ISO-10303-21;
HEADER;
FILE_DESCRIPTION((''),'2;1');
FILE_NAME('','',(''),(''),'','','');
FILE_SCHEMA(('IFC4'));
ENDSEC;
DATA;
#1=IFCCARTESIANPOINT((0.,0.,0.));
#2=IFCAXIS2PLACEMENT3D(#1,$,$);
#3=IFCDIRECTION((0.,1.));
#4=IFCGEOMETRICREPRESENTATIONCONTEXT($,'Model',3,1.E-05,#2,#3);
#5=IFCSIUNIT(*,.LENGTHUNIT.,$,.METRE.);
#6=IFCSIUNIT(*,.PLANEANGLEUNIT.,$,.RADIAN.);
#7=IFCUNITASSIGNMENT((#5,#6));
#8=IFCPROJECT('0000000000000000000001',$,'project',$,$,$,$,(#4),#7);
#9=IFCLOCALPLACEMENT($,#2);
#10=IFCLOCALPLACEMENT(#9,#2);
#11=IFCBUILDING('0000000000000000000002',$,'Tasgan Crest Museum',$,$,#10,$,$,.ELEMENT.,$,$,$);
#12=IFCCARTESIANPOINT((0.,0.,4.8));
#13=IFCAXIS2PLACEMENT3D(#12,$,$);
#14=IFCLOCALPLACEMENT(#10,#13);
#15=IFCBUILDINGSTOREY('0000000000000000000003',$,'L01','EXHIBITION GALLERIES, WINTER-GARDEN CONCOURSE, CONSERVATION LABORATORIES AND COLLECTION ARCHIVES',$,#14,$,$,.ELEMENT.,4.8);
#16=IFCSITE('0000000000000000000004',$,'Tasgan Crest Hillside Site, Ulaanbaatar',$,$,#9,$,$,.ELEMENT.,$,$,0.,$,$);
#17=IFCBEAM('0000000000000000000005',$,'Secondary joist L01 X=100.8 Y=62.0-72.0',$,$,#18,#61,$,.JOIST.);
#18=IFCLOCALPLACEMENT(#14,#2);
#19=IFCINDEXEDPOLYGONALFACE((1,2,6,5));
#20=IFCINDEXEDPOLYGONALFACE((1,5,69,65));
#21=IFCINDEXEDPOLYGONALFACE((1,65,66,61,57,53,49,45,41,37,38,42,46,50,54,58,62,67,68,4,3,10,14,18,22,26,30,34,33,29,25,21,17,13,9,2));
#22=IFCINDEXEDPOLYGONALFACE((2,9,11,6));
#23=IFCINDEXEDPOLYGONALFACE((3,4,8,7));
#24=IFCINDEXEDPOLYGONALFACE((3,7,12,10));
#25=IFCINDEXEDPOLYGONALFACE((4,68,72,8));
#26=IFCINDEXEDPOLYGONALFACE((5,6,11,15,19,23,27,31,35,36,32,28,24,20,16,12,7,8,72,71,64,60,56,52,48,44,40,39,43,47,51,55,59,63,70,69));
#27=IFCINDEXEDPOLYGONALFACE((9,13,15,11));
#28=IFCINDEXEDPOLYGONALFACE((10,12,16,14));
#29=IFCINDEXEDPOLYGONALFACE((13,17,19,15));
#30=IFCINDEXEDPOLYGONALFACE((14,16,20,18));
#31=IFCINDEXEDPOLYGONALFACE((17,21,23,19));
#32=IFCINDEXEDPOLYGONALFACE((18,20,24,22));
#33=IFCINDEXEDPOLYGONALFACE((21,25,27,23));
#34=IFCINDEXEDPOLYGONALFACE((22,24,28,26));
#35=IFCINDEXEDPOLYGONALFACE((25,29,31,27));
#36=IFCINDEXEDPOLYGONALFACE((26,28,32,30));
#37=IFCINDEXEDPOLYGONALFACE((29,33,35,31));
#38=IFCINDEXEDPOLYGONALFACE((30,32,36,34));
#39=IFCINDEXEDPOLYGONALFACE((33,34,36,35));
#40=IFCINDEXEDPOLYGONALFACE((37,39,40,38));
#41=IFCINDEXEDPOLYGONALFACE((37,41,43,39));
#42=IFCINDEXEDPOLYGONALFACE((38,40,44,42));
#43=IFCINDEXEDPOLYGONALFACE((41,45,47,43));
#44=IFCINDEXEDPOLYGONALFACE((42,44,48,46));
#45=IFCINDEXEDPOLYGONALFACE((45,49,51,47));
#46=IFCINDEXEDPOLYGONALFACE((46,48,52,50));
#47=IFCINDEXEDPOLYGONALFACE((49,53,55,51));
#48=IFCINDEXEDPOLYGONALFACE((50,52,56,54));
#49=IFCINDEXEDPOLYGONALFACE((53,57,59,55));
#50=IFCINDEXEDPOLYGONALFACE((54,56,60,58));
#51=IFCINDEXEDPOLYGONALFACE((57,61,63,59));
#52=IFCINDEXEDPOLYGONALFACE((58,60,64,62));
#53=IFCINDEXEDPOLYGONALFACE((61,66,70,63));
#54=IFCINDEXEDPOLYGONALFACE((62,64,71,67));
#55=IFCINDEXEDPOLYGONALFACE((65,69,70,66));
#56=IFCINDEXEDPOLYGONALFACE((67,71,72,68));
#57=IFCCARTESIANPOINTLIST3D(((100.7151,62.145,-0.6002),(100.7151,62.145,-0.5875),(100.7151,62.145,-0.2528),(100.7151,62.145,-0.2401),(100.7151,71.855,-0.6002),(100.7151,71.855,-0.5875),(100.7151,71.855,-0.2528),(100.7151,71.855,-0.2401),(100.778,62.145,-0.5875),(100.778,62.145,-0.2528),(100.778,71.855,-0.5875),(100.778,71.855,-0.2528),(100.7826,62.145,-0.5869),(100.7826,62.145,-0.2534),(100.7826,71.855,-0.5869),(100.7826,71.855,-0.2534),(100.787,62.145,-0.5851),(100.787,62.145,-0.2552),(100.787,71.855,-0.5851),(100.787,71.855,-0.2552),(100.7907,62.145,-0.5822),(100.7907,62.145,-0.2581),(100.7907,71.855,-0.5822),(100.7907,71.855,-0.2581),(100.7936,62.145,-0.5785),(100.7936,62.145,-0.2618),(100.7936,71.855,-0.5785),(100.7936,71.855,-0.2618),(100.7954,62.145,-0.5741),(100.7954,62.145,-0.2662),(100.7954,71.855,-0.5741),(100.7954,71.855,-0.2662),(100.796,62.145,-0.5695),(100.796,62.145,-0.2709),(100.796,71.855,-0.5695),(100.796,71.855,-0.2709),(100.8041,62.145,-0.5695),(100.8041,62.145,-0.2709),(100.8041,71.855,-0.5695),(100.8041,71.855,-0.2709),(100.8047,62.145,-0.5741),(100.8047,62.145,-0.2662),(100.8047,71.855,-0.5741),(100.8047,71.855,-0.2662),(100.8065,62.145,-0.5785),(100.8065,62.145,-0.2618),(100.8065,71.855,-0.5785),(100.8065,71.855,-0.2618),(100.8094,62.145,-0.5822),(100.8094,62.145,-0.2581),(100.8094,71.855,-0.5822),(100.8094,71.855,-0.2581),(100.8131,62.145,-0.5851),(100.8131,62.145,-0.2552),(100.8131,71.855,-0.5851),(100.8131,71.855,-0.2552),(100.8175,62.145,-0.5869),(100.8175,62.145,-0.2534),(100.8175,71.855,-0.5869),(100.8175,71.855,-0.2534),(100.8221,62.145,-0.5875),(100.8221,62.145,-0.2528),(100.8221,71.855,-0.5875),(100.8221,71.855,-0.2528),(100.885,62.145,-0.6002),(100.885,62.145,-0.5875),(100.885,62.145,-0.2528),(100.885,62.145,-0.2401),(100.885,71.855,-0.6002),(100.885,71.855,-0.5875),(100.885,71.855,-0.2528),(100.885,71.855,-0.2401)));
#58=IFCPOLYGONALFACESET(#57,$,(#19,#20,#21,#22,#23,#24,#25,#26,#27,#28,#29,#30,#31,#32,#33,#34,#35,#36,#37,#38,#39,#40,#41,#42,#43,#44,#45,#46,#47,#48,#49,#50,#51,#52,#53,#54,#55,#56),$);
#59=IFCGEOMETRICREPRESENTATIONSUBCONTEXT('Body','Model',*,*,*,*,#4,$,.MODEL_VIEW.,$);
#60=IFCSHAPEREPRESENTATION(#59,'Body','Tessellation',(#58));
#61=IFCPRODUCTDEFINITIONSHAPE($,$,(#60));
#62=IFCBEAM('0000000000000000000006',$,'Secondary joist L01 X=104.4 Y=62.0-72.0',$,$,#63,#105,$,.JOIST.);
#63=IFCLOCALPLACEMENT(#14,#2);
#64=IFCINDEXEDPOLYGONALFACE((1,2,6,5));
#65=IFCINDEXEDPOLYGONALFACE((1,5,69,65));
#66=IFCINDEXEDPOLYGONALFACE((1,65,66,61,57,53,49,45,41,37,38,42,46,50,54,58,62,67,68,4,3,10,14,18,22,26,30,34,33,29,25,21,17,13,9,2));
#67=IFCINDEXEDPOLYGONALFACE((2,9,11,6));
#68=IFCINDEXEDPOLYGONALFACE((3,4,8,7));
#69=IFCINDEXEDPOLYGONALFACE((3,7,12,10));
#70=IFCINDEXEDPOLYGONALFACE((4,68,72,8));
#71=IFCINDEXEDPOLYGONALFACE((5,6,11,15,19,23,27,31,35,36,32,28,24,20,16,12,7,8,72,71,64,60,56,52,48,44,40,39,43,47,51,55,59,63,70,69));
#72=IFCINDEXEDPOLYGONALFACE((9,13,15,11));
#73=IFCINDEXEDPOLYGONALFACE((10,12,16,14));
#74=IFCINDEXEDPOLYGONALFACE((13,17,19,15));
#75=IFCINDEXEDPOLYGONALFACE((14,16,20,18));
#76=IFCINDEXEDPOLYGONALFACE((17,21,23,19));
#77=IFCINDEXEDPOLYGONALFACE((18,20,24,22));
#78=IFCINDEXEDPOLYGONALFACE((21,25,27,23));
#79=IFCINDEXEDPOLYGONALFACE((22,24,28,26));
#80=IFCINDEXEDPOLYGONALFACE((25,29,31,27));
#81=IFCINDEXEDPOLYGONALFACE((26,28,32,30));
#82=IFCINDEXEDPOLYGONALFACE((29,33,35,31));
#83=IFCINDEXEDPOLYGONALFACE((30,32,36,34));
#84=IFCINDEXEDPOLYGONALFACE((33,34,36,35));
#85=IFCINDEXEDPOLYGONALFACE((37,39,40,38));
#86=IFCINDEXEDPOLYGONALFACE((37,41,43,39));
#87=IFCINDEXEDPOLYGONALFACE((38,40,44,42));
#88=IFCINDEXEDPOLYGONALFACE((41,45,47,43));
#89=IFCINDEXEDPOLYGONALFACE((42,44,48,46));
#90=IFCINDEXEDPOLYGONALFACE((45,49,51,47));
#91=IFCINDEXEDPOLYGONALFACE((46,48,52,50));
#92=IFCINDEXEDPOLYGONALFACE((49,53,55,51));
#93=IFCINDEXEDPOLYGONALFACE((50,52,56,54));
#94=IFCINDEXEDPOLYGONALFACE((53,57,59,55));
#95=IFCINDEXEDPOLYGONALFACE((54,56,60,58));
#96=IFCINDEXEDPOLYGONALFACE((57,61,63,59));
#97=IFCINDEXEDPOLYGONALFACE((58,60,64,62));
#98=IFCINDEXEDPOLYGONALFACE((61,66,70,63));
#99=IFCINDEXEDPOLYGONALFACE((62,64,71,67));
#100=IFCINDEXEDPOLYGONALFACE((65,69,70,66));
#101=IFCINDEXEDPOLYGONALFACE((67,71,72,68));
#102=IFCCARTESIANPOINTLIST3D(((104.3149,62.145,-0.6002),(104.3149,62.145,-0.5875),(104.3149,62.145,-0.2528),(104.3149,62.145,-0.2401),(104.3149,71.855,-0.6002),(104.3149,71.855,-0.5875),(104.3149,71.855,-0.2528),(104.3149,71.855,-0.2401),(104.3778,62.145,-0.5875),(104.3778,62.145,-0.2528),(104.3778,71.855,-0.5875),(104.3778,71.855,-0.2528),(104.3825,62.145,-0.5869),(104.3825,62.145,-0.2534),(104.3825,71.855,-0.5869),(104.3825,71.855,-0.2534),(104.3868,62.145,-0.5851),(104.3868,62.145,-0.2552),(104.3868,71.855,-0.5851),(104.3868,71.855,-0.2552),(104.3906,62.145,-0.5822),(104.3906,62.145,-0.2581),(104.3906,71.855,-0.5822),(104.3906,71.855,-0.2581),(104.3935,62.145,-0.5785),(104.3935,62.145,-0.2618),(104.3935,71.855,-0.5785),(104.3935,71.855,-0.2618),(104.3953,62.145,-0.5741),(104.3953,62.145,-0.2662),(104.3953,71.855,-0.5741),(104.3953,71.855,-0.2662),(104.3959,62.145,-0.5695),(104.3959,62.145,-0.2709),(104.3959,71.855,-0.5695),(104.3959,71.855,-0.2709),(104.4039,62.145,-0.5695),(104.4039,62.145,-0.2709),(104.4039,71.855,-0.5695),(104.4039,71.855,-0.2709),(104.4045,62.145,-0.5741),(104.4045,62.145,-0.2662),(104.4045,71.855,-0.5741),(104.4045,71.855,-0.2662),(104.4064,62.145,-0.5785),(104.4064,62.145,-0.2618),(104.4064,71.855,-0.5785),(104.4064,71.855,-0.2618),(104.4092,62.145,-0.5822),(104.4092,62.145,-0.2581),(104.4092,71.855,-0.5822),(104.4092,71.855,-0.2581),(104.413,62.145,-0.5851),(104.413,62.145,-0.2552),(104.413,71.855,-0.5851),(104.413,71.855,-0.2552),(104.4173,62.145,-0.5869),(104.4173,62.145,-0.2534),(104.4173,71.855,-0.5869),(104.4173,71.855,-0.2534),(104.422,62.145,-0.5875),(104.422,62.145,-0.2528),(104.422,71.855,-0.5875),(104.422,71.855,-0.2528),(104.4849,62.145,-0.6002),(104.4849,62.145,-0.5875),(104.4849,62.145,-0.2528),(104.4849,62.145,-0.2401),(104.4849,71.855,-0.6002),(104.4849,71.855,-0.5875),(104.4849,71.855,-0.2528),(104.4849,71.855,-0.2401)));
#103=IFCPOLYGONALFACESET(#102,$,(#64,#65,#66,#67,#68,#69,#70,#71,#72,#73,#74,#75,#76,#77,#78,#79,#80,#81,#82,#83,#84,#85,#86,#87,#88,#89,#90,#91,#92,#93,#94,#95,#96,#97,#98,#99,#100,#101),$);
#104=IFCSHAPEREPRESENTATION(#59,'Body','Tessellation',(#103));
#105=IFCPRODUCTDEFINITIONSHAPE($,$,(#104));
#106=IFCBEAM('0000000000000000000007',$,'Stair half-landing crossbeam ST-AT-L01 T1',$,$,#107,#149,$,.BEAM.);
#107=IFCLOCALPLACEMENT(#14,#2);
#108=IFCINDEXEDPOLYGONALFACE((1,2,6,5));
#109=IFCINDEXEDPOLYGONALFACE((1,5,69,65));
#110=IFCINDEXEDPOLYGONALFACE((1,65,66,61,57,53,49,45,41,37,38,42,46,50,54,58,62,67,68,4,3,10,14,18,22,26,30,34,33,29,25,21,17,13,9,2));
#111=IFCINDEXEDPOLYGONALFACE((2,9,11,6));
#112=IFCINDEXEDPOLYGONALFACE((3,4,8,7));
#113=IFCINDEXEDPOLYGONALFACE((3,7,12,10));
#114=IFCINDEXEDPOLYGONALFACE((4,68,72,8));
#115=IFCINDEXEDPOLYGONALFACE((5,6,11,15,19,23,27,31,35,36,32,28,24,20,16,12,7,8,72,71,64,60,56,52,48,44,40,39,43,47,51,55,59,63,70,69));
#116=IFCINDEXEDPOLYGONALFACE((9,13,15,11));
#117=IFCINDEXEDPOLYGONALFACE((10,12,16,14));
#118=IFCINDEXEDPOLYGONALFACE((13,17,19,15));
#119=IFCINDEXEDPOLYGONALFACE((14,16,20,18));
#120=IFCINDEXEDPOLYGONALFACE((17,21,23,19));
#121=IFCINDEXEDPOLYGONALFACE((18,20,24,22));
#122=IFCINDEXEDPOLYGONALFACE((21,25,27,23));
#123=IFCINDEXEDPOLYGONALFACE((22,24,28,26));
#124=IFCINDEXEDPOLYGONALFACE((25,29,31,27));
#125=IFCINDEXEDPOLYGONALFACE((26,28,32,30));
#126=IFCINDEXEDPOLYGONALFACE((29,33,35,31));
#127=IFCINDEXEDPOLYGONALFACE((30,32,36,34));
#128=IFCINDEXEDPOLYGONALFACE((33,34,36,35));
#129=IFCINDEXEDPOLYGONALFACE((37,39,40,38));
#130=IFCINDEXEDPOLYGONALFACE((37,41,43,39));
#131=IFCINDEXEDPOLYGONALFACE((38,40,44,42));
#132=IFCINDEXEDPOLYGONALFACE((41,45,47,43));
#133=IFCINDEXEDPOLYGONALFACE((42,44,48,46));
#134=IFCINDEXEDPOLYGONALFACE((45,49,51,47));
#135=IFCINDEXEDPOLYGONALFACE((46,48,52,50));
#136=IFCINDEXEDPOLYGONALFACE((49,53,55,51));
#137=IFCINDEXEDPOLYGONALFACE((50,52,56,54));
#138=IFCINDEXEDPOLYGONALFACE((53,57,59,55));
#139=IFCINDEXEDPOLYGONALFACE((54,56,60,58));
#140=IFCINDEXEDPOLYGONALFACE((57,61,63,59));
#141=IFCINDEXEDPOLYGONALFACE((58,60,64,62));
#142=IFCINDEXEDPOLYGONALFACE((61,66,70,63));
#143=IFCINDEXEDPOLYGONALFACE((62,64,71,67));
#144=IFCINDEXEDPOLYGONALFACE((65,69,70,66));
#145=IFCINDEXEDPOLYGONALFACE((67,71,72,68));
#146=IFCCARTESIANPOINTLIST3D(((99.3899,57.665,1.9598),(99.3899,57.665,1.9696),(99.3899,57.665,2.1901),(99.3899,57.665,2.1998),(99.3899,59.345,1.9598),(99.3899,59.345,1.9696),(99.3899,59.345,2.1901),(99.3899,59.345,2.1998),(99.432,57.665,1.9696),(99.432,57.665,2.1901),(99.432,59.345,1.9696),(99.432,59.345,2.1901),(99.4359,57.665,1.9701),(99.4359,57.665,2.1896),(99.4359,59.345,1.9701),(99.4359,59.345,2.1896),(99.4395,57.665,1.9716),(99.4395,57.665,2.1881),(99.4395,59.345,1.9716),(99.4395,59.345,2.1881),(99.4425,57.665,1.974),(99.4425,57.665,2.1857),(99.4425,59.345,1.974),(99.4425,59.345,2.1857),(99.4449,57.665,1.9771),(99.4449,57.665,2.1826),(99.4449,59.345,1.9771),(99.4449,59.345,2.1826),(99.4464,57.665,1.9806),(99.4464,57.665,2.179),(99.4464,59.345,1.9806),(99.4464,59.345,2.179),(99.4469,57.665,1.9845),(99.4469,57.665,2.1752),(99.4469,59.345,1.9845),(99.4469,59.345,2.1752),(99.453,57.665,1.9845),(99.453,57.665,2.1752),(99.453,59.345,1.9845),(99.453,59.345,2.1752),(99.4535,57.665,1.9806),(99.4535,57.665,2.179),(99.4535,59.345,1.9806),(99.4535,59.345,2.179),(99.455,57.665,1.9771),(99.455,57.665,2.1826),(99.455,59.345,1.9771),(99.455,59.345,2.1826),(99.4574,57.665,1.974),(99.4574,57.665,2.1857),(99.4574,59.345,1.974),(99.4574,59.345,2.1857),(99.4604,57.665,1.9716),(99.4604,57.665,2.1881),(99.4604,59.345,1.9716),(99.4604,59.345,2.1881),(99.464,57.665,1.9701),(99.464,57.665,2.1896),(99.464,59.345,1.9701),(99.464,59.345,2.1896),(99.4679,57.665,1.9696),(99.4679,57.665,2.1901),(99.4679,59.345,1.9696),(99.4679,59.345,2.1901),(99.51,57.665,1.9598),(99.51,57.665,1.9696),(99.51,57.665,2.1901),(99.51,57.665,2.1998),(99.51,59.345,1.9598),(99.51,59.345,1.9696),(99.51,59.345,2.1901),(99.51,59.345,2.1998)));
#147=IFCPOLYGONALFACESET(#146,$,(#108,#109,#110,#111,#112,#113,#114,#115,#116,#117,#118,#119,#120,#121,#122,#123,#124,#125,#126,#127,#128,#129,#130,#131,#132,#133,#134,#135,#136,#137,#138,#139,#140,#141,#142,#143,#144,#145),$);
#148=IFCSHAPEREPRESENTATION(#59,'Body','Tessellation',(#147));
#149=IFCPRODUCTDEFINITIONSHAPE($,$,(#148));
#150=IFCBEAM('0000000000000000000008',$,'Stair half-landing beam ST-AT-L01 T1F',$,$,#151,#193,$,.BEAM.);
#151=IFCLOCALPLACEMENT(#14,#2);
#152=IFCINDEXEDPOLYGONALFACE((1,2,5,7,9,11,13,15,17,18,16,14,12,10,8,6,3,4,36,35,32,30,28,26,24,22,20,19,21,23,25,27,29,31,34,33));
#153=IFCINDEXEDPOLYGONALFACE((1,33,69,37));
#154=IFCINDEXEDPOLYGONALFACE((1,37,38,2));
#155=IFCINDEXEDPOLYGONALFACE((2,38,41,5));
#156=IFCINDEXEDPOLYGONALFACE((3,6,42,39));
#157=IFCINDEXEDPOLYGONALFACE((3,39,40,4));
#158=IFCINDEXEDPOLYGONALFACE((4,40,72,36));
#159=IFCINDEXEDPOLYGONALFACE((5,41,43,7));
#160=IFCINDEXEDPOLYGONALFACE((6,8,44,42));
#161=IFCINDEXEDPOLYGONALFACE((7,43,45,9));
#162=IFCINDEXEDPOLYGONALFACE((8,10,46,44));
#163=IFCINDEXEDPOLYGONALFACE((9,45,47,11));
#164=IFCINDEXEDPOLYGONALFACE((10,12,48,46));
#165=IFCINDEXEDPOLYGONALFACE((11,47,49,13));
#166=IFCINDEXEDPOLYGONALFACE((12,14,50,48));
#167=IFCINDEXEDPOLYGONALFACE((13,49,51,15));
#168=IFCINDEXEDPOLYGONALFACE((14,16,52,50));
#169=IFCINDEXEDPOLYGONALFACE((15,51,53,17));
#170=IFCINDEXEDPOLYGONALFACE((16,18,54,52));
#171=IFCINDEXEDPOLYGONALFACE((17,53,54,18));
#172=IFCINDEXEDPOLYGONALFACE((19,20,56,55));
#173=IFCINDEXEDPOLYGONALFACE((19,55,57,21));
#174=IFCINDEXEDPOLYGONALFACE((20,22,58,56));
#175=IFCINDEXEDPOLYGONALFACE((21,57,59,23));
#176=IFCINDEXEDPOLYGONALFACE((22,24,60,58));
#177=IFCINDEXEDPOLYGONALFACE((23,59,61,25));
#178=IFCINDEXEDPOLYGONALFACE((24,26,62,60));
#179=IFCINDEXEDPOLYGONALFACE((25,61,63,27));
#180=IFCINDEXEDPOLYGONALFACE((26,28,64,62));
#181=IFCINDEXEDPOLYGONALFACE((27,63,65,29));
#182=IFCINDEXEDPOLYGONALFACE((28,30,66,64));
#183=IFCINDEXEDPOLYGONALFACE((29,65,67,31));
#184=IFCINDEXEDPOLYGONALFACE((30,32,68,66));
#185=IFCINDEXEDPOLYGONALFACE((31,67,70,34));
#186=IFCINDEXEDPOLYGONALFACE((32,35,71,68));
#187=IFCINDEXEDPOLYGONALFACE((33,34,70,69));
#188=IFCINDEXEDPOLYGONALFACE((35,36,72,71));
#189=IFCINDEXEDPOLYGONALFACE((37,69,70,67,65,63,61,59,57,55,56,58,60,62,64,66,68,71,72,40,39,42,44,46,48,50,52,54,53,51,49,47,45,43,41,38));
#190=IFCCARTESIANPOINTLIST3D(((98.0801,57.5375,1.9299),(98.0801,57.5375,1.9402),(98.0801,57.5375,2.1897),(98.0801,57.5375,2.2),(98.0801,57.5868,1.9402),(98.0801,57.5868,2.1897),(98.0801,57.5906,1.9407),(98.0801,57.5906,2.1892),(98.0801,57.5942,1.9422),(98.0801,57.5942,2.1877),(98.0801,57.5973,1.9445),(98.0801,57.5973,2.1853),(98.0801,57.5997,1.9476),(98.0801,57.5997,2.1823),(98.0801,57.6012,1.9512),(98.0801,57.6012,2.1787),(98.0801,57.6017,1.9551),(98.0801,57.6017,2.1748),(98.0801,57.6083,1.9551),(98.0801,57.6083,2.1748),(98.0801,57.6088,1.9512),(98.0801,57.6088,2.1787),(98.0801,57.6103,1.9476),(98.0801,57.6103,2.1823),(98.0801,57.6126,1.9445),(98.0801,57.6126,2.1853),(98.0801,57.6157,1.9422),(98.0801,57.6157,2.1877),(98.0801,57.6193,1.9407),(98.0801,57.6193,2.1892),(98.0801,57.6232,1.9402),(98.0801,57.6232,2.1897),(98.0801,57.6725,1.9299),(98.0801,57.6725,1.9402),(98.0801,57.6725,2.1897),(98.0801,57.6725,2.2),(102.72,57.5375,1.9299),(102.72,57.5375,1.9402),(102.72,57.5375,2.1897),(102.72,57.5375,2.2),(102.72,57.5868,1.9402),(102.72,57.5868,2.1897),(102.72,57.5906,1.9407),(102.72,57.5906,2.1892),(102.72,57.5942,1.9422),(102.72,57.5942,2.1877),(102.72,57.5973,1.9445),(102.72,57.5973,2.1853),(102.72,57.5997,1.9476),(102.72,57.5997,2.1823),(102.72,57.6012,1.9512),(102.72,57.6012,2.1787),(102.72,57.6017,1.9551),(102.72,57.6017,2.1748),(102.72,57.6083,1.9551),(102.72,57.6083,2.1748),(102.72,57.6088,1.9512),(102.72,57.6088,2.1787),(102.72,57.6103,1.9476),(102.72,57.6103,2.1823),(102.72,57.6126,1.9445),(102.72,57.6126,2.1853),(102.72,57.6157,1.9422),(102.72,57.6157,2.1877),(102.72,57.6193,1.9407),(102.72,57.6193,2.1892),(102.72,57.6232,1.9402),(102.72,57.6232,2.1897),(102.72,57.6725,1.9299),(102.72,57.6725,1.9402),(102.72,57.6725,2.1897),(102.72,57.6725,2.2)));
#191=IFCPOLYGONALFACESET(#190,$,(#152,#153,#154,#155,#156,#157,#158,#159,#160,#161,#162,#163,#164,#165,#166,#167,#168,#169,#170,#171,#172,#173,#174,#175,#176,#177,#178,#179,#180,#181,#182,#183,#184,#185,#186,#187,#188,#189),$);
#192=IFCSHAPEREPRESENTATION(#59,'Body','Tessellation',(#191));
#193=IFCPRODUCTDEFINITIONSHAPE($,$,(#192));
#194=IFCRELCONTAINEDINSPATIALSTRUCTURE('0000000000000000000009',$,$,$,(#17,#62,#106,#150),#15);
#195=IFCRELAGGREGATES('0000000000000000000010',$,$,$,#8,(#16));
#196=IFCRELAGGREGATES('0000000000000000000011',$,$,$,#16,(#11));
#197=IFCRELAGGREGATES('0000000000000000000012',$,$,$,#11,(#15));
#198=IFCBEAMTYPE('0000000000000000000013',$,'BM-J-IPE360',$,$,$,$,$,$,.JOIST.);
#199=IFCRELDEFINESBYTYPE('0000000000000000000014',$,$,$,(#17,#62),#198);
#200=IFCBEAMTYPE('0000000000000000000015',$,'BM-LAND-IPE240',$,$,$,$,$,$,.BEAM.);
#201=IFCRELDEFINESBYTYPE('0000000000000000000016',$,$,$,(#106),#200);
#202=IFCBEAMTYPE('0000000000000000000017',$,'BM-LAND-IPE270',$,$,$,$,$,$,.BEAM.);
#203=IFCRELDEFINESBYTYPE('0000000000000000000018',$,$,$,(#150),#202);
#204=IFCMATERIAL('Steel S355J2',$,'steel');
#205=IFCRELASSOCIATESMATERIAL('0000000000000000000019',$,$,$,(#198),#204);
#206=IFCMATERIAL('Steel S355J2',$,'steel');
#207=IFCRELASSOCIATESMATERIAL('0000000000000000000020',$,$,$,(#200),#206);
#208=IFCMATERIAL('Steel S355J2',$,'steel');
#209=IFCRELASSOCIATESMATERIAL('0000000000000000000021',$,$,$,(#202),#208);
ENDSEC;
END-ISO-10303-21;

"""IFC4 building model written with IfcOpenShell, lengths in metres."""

from ifc_helpers import new_model, si_unit, direction, frame, origin, origin_2d, place, context, subcontext, project, spatial, i_section, extrude, material, material_profile, profile_set, type_object, element, save


model = new_model("IFC4")

# Units and contexts
model_context = context("Model", 3, precision=1e-05, world=origin(), true_north=direction((0.0, 1.0)))
body_context = subcontext(model_context, "Body", "Model", "MODEL_VIEW")
ifc_project = project(units=[si_unit("LENGTHUNIT", "METRE"), si_unit("PLANEANGLEUNIT", "RADIAN")], contexts=[model_context])

# Site, building, storey
site_placement = place(None, origin())
site = spatial("IfcSite", under=ifc_project, at=site_placement, Name="Tasgan Crest Hillside Site, Ulaanbaatar", CompositionType="ELEMENT", RefElevation=0.0)
building_placement = place(site_placement, origin())
building = spatial("IfcBuilding", under=site, at=building_placement, Name="Tasgan Crest Museum", CompositionType="ELEMENT")
storey_placement = place(building_placement, frame((0.0, 0.0, 4.8)))
storey = spatial("IfcBuildingStorey", under=building, at=storey_placement, Name="L01", Description="EXHIBITION GALLERIES, WINTER-GARDEN CONCOURSE, CONSERVATION LABORATORIES AND COLLECTION ARCHIVES", CompositionType="ELEMENT", Elevation=4.8)

# Beams
ifc_material_1 = material(Name="Steel S355J2", Category="steel")
ifc_material_profile_1 = material_profile(ifc_material_1, i_section(OverallWidth=0.1699, OverallDepth=0.3601, WebThickness=0.0081, FlangeThickness=0.0127, FilletRadius=0.0181, at=origin_2d()), Name="IPE 360")
ifc_profile_set_1 = profile_set([ifc_material_profile_1], Name="Steel S355J2")
beam_type_1 = type_object("IfcBeamType", Name="BM-J-IPE360", PredefinedType="JOIST", material=ifc_profile_set_1)
for number, where, z_axis, x_axis, name in (
    (1, (100.8, 62.145, -0.4202), (0.0, 1.0, 0.0), (-1.0, 0.0, 0.0), "Secondary joist L01 X=100.8 Y=62.0-72.0"),
    (2, (104.3999, 62.145, -0.4202), (0.0, 1.0, 0.0), (-1.0, 0.0, 0.0), "Secondary joist L01 X=104.4 Y=62.0-72.0"),
):
    element("IfcBeam", number, at=place(storey_placement, frame(where, z_axis=z_axis, x_axis=x_axis)), inside=storey, type_object=beam_type_1, Name=name, PredefinedType="JOIST", context=body_context, shape_type="SweptSolid", body=[
        extrude(i_section(OverallWidth=0.1699, OverallDepth=0.3601, WebThickness=0.0081, FlangeThickness=0.0127, FilletRadius=0.0181, at=origin_2d()), origin(), (0.0, 0.0, 1.0), 9.71),
    ])
ifc_material_2 = material(Name="Steel S355J2", Category="steel")
ifc_material_profile_2 = material_profile(ifc_material_2, i_section(OverallWidth=0.1201, OverallDepth=0.24, WebThickness=0.0061, FlangeThickness=0.0098, FilletRadius=0.0149, at=origin_2d()), Name="IPE 240")
ifc_profile_set_2 = profile_set([ifc_material_profile_2], Name="Steel S355J2")
beam_type_2 = type_object("IfcBeamType", Name="BM-LAND-IPE240", PredefinedType="BEAM", material=ifc_profile_set_2)
beam_1_placement = place(storey_placement, frame((99.45, 57.665, 2.0798), z_axis=(0.0, 1.0, 0.0), x_axis=(-1.0, 0.0, 0.0)))
element("IfcBeam", 3, at=beam_1_placement, inside=storey, type_object=beam_type_2, Name="Stair half-landing crossbeam ST-AT-L01 T1", PredefinedType="BEAM", context=body_context, shape_type="SweptSolid", body=[
    extrude(i_section(OverallWidth=0.1201, OverallDepth=0.24, WebThickness=0.0061, FlangeThickness=0.0098, FilletRadius=0.0149, at=origin_2d()), origin(), (0.0, 0.0, 1.0), 1.6799),
])
ifc_material_3 = material(Name="Steel S355J2", Category="steel")
ifc_material_profile_3 = material_profile(ifc_material_3, i_section(OverallWidth=0.135, OverallDepth=0.27, WebThickness=0.0066, FlangeThickness=0.0103, FilletRadius=0.0149, at=origin_2d()), Name="IPE 270")
ifc_profile_set_3 = profile_set([ifc_material_profile_3], Name="Steel S355J2")
beam_type_3 = type_object("IfcBeamType", Name="BM-LAND-IPE270", PredefinedType="BEAM", material=ifc_profile_set_3)
for number, where, z_axis, x_axis, name in (
    (4, (98.0801, 57.605, 2.0649), (1.0, 0.0, 0.0), (0.0, 1.0, 0.0), "Stair half-landing beam ST-AT-L01 T1F"),
):
    element("IfcBeam", number, at=place(storey_placement, frame(where, z_axis=z_axis, x_axis=x_axis)), inside=storey, type_object=beam_type_3, Name=name, PredefinedType="BEAM", context=body_context, shape_type="SweptSolid", body=[
        extrude(i_section(OverallWidth=0.135, OverallDepth=0.27, WebThickness=0.0066, FlangeThickness=0.0103, FilletRadius=0.0149, at=origin_2d()), origin(), (0.0, 0.0, 1.0), 4.6399),
    ])

save(model, "model.ifc")
